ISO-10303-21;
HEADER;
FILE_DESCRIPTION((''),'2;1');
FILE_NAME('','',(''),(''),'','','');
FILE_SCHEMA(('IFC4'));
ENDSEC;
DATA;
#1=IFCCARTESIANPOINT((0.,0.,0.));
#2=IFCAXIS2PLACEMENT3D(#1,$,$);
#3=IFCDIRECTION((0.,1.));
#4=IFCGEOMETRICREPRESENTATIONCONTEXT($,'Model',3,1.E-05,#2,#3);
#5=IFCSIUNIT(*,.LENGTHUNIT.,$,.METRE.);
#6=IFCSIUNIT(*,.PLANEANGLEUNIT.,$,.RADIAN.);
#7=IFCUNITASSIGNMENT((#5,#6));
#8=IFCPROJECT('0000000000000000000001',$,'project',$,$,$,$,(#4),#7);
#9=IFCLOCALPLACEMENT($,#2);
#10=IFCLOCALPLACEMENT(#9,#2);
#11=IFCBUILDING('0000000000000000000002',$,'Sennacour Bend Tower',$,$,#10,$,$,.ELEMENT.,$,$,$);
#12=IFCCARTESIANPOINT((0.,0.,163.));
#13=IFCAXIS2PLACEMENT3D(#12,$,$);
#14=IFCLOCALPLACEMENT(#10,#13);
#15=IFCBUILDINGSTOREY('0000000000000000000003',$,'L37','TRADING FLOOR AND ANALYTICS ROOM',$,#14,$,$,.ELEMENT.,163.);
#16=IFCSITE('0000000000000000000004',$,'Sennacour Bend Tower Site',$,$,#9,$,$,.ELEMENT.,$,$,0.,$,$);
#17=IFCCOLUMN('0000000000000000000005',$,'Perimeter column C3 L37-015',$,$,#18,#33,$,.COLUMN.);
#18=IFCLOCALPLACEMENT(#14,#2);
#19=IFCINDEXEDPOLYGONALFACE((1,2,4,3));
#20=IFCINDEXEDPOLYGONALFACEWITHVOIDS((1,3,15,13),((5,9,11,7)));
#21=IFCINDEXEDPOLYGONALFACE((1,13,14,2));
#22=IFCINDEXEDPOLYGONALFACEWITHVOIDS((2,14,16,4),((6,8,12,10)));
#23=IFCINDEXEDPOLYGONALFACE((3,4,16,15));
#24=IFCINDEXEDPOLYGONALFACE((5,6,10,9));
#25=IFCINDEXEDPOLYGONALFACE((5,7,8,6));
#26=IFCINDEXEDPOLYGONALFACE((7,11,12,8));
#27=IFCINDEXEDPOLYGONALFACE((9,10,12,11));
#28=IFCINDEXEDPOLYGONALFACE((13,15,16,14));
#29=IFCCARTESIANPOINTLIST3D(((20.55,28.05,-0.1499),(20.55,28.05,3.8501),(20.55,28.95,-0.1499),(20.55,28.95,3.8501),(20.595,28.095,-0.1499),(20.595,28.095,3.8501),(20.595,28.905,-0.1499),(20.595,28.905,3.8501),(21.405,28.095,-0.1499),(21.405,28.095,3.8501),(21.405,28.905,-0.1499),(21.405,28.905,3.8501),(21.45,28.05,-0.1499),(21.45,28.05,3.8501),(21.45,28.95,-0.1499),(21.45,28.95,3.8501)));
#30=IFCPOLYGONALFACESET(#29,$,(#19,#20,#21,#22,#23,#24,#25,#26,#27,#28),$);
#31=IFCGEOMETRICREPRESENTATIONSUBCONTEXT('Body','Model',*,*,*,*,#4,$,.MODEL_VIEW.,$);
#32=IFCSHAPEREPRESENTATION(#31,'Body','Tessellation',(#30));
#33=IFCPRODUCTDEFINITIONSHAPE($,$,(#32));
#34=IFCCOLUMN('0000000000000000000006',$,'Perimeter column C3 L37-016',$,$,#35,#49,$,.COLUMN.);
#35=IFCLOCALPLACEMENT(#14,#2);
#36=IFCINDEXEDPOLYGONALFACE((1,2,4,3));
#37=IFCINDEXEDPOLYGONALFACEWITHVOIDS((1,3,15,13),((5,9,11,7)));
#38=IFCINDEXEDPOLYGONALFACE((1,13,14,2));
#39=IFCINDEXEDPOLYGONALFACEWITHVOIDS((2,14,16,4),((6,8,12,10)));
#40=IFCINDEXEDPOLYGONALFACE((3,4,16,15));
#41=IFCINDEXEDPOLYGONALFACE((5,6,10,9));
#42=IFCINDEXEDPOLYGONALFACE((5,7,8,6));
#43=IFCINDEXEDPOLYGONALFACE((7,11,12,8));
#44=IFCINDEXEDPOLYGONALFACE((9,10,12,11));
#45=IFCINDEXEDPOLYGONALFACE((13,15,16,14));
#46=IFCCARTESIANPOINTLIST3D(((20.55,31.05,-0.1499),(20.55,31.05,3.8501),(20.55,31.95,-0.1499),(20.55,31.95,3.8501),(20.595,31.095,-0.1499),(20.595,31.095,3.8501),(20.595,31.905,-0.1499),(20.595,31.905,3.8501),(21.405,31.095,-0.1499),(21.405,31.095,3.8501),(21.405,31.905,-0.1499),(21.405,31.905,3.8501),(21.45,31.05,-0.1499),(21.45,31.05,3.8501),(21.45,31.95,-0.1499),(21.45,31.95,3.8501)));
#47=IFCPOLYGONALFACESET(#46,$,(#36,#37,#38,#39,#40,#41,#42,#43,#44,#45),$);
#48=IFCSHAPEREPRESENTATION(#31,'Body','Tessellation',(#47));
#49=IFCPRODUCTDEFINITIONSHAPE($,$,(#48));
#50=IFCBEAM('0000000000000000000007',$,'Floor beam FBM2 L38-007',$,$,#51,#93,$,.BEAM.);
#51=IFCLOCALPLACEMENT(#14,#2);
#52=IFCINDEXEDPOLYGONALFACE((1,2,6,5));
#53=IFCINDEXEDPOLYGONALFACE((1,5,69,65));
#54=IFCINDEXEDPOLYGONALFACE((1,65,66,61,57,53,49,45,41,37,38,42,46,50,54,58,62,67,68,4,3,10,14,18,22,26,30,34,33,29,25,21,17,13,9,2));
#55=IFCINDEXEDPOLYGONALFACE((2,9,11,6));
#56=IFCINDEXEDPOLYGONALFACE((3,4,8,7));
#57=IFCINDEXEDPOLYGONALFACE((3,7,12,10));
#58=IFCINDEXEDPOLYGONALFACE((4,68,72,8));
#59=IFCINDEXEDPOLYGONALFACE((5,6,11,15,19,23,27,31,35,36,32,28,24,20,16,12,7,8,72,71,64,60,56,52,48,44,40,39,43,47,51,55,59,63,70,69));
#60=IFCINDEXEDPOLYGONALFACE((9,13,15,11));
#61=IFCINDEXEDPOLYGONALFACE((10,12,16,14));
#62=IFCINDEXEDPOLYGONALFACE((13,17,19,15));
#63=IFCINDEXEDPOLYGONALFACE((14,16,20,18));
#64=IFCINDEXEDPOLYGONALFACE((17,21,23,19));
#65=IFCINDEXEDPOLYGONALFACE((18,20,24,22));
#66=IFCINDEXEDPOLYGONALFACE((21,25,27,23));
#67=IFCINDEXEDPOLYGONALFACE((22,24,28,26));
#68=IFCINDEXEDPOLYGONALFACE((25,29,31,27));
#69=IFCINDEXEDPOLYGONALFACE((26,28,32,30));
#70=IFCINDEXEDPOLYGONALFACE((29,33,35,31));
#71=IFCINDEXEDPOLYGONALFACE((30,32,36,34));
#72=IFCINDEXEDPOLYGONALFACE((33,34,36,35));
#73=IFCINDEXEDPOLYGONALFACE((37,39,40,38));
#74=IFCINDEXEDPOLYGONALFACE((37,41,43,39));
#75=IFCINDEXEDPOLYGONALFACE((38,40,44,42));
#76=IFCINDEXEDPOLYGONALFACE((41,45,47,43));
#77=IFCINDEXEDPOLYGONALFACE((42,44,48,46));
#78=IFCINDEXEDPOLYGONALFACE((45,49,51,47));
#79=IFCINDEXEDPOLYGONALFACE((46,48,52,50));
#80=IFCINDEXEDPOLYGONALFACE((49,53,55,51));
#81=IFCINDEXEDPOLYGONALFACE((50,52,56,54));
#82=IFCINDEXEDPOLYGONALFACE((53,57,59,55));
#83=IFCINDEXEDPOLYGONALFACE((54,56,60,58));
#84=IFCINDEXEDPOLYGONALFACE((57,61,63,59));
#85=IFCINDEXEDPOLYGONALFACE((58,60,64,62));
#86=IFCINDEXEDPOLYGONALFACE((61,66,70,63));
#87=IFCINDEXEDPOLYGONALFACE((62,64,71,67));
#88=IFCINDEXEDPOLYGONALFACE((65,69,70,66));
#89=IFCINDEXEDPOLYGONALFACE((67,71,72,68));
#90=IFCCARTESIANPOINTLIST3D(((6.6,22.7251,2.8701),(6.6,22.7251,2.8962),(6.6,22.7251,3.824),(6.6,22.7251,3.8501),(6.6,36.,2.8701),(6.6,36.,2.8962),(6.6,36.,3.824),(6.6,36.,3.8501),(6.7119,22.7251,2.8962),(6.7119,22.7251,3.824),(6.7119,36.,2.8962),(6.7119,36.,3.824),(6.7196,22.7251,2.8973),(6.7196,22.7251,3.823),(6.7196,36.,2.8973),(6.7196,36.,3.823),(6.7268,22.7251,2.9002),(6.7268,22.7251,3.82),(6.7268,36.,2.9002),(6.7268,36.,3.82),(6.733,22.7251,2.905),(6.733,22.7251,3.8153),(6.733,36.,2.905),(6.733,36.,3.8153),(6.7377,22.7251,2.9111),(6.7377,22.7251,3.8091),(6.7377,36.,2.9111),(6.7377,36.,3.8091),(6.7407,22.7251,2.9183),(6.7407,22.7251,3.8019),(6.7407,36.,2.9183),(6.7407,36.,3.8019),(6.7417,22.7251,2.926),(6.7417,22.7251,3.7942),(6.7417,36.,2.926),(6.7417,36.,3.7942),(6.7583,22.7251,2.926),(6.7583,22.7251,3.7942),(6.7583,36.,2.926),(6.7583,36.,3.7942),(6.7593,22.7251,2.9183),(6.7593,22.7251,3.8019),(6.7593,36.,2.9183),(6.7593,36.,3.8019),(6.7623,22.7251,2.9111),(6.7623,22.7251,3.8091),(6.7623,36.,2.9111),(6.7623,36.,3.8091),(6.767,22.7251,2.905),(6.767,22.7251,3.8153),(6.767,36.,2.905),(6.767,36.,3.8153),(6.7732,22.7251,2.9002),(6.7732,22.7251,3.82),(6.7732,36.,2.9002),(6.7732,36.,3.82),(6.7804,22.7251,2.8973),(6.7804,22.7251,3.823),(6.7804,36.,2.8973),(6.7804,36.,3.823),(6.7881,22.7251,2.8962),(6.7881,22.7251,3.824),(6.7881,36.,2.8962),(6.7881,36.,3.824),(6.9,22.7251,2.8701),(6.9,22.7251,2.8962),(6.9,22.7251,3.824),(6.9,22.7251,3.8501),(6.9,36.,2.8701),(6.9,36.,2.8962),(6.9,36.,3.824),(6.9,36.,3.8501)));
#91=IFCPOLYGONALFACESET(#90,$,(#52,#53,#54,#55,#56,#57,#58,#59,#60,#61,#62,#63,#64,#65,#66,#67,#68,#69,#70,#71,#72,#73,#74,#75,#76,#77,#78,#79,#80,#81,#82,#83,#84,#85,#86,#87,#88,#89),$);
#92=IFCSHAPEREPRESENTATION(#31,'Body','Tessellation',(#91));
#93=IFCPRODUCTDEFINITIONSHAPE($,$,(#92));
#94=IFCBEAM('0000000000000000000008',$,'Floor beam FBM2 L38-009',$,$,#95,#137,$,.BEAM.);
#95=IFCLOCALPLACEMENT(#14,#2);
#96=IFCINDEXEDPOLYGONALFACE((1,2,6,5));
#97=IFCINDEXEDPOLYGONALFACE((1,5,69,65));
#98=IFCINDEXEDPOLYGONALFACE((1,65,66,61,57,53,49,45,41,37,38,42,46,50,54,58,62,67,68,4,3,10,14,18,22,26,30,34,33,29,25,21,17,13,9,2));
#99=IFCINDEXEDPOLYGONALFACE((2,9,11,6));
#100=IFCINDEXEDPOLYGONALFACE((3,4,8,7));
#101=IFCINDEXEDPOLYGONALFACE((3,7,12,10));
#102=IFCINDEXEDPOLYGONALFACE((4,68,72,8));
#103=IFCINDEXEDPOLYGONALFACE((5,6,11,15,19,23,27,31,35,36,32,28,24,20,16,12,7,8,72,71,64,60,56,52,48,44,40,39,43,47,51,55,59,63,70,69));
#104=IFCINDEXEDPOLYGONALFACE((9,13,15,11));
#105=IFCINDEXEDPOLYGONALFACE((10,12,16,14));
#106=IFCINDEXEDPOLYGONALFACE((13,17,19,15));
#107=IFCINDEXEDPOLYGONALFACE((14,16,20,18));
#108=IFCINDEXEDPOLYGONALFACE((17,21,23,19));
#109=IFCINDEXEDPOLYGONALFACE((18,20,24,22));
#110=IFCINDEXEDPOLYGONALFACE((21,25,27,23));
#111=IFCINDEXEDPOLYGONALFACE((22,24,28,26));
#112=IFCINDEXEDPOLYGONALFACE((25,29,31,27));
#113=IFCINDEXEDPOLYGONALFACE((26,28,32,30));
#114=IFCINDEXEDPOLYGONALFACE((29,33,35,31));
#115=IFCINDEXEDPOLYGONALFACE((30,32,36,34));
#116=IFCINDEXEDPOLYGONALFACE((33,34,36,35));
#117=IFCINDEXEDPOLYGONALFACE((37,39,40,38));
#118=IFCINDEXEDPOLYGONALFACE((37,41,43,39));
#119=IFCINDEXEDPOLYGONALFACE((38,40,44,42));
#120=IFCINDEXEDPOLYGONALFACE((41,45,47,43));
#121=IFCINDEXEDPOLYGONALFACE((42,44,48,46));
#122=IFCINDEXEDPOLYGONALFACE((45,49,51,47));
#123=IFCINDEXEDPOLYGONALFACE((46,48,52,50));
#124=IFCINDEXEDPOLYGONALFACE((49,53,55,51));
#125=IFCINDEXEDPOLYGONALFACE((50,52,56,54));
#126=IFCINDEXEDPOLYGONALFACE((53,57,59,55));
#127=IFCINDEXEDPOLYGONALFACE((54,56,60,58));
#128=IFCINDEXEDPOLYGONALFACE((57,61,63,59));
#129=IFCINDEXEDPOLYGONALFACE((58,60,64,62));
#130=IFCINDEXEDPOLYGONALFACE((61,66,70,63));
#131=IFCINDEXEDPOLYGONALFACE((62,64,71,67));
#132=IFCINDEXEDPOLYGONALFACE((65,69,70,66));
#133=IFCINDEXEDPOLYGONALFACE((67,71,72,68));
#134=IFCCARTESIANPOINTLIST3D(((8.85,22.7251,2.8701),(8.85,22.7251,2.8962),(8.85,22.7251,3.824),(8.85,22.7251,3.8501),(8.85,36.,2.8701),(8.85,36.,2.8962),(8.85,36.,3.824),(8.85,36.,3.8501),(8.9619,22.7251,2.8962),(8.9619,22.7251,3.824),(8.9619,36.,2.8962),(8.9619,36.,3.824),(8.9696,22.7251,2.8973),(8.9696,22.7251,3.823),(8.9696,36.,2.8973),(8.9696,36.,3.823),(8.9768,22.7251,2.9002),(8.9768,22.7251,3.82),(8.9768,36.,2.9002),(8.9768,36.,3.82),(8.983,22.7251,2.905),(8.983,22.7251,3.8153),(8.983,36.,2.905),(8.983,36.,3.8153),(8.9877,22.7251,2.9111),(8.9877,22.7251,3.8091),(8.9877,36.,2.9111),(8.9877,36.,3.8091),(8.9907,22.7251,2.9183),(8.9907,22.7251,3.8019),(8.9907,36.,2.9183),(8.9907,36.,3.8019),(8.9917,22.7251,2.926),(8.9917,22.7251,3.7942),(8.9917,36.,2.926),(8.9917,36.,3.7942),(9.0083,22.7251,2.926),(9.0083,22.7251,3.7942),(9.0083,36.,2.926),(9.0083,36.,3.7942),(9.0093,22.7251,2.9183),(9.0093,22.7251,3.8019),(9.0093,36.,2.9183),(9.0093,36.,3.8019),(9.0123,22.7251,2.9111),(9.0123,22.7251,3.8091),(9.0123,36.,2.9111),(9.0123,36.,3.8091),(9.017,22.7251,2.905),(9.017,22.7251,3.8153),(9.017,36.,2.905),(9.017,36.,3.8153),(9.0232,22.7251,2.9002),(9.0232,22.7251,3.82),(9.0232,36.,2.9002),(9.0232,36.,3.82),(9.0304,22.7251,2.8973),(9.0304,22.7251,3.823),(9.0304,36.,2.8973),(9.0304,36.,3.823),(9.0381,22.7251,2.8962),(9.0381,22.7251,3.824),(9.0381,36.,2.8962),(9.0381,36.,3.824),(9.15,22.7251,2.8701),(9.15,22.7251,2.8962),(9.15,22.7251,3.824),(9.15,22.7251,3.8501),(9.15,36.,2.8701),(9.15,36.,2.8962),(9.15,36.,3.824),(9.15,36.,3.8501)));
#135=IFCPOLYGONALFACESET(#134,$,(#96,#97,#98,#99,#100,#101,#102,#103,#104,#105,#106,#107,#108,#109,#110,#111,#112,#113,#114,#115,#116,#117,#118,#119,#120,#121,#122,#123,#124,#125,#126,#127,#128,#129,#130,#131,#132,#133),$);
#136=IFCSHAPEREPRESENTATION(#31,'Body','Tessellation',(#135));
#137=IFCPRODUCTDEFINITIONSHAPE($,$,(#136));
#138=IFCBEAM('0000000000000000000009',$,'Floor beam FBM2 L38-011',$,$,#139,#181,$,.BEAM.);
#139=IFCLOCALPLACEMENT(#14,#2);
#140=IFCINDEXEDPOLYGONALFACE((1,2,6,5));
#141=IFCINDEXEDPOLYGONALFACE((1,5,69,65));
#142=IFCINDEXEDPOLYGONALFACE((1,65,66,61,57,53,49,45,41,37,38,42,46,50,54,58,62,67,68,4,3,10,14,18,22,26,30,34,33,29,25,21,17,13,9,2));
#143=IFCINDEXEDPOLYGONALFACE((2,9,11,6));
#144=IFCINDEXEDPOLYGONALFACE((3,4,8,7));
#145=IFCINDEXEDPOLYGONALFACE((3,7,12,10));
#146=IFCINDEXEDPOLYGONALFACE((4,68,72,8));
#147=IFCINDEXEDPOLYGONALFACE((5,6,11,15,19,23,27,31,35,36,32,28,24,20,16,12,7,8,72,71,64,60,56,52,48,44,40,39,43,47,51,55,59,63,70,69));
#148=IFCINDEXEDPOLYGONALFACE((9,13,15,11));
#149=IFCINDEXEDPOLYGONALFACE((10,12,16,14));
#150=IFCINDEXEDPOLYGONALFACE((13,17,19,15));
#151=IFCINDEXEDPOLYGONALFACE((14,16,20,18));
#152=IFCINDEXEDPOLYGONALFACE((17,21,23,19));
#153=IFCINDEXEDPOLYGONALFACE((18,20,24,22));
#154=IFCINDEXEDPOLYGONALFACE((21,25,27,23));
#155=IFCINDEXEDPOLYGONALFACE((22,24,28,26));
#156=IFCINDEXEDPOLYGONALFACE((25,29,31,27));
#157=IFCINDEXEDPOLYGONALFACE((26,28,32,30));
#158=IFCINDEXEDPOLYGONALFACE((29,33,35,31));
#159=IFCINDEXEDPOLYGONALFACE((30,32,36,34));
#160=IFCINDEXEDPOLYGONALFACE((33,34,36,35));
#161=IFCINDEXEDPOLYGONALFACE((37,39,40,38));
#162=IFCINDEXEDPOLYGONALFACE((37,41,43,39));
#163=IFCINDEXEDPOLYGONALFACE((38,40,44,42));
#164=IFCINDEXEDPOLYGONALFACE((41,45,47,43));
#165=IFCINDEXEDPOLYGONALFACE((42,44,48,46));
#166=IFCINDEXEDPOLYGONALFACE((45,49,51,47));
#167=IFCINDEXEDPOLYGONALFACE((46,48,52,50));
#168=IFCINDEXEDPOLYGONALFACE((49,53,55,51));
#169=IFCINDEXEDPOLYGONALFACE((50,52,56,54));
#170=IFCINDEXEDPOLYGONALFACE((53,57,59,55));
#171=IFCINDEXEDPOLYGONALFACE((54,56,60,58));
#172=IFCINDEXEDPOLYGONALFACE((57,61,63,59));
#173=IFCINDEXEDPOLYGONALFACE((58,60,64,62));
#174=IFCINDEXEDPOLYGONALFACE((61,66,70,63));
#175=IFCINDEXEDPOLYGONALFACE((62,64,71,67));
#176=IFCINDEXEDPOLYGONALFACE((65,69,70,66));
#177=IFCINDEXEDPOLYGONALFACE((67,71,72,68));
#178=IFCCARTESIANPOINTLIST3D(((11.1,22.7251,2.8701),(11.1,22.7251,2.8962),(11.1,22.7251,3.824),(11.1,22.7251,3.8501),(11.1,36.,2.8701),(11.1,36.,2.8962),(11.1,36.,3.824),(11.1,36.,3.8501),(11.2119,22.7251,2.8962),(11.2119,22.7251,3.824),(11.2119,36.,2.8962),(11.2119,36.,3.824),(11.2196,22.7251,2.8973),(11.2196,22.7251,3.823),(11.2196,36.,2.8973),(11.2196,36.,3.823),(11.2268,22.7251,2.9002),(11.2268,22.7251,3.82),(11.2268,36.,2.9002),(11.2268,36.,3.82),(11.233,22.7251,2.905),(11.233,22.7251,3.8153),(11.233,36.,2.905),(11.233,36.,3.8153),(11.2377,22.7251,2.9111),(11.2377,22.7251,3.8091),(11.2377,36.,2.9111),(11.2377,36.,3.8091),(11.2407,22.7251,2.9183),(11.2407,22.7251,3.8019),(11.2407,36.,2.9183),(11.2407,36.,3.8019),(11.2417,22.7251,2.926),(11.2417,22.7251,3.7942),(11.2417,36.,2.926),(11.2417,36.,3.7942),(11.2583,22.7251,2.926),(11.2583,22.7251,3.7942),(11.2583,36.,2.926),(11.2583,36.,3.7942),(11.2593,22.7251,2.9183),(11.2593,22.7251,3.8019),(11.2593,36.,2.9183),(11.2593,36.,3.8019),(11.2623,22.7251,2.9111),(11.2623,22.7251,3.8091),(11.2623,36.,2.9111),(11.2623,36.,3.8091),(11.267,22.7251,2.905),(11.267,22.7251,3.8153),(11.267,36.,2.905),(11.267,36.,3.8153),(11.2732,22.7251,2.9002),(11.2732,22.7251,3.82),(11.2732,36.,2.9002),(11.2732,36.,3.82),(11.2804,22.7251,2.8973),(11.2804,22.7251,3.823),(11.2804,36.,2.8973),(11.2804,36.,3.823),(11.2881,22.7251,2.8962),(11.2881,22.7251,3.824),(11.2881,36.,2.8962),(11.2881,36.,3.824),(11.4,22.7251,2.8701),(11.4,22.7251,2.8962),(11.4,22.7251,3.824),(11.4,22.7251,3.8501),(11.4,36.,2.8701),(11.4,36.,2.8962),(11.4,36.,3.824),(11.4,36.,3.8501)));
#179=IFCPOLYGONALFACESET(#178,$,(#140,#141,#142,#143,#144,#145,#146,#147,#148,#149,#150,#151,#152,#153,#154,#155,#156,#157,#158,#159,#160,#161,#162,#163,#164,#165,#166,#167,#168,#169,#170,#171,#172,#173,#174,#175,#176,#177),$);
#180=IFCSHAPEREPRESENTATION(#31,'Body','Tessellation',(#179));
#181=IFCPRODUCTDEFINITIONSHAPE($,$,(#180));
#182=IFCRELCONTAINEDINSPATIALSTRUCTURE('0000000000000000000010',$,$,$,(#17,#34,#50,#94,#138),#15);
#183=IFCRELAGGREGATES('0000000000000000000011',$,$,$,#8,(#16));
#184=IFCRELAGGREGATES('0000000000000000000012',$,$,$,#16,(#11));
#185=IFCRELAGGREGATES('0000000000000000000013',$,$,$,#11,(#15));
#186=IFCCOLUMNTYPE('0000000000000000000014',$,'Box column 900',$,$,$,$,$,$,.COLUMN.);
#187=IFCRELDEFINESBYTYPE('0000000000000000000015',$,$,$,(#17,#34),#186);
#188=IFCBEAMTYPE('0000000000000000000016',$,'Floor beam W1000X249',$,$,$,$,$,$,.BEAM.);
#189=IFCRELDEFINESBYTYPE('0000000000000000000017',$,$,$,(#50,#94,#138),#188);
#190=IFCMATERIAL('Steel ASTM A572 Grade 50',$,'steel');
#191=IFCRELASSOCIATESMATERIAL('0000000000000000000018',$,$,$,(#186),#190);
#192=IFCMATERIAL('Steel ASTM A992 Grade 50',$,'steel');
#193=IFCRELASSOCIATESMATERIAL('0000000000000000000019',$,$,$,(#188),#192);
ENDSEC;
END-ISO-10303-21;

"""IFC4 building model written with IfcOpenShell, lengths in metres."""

from ifc_helpers import new_model, si_unit, direction, frame, origin, origin_2d, place, context, subcontext, project, spatial, hollow_rectangle, i_section, extrude, material, material_profile, profile_set, type_object, element, save


model = new_model("IFC4")

# Units and contexts
model_context = context("Model", 3, precision=1e-05, world=origin(), true_north=direction((0.0, 1.0)))
body_context = subcontext(model_context, "Body", "Model", "MODEL_VIEW")
ifc_project = project(units=[si_unit("LENGTHUNIT", "METRE"), si_unit("PLANEANGLEUNIT", "RADIAN")], contexts=[model_context])

# Site, building, storey
site_placement = place(None, origin())
site = spatial("IfcSite", under=ifc_project, at=site_placement, Name="Sennacour Bend Tower Site", CompositionType="ELEMENT", RefElevation=0.0)
building_placement = place(site_placement, origin())
building = spatial("IfcBuilding", under=site, at=building_placement, Name="Sennacour Bend Tower", CompositionType="ELEMENT")
storey_placement = place(building_placement, frame((0.0, 0.0, 163.0)))
storey = spatial("IfcBuildingStorey", under=building, at=storey_placement, Name="L37", Description="TRADING FLOOR AND ANALYTICS ROOM", CompositionType="ELEMENT", Elevation=163.0)

# Columns
ifc_material_1 = material(Name="Steel ASTM A572 Grade 50", Category="steel")
ifc_material_profile_1 = material_profile(ifc_material_1, hollow_rectangle(XDim=0.8999, YDim=0.8999, WallThickness=0.0449, at=origin_2d()), Name="Steel ASTM A572 Grade 50", Category="steel")
ifc_profile_set_1 = profile_set([ifc_material_profile_1], Name="Steel ASTM A572 Grade 50")
column_type = type_object("IfcColumnType", Name="Box column 900", PredefinedType="COLUMN", material=ifc_profile_set_1)
for number, where, z_axis, x_axis, name in (
    (1, (21.0, 28.5, -0.1499), (0.0, 0.0, 1.0), (1.0, 0.0, 0.0), "Perimeter column C3 L37-015"),
    (2, (21.0, 31.5, -0.1499), (0.0, 0.0, 1.0), (1.0, 0.0, 0.0), "Perimeter column C3 L37-016"),
):
    element("IfcColumn", number, at=place(storey_placement, frame(where, z_axis=z_axis, x_axis=x_axis)), inside=storey, type_object=column_type, Name=name, PredefinedType="COLUMN", context=body_context, shape_type="SweptSolid", body=[
        extrude(hollow_rectangle(XDim=0.8999, YDim=0.8999, WallThickness=0.0449, at=origin_2d()), origin(), (0.0, 0.0, 1.0), 4.0),
    ])

# Beams
ifc_material_2 = material(Name="Steel ASTM A992 Grade 50", Category="steel")
ifc_material_profile_2 = material_profile(ifc_material_2, i_section(OverallWidth=0.3, OverallDepth=0.98, WebThickness=0.0166, FlangeThickness=0.0261, FilletRadius=0.0298, at=origin_2d()), Name="Steel ASTM A992 Grade 50", Category="steel")
ifc_profile_set_2 = profile_set([ifc_material_profile_2], Name="Steel ASTM A992 Grade 50")
beam_type_1 = type_object("IfcBeamType", Name="Floor beam W1000X249", PredefinedType="BEAM", material=ifc_profile_set_2)
for number, where, z_axis, x_axis, name in (
    (3, (6.75, 22.7251, 3.3601), (0.0, 1.0, 0.0), (-1.0, 0.0, 0.0), "Floor beam FBM2 L38-007"),
    (4, (9.0, 22.7251, 3.3601), (0.0, 1.0, 0.0), (-1.0, 0.0, 0.0), "Floor beam FBM2 L38-009"),
    (5, (11.25, 22.7251, 3.3601), (0.0, 1.0, 0.0), (-1.0, 0.0, 0.0), "Floor beam FBM2 L38-011"),
):
    element("IfcBeam", number, at=place(storey_placement, frame(where, z_axis=z_axis, x_axis=x_axis)), inside=storey, type_object=beam_type_1, Name=name, PredefinedType="BEAM", context=body_context, shape_type="SweptSolid", body=[
        extrude(i_section(OverallWidth=0.3, OverallDepth=0.98, WebThickness=0.0166, FlangeThickness=0.0261, FilletRadius=0.0298, at=origin_2d()), origin(), (0.0, 0.0, 1.0), 13.2749),
    ])

save(model, "model.ifc")
